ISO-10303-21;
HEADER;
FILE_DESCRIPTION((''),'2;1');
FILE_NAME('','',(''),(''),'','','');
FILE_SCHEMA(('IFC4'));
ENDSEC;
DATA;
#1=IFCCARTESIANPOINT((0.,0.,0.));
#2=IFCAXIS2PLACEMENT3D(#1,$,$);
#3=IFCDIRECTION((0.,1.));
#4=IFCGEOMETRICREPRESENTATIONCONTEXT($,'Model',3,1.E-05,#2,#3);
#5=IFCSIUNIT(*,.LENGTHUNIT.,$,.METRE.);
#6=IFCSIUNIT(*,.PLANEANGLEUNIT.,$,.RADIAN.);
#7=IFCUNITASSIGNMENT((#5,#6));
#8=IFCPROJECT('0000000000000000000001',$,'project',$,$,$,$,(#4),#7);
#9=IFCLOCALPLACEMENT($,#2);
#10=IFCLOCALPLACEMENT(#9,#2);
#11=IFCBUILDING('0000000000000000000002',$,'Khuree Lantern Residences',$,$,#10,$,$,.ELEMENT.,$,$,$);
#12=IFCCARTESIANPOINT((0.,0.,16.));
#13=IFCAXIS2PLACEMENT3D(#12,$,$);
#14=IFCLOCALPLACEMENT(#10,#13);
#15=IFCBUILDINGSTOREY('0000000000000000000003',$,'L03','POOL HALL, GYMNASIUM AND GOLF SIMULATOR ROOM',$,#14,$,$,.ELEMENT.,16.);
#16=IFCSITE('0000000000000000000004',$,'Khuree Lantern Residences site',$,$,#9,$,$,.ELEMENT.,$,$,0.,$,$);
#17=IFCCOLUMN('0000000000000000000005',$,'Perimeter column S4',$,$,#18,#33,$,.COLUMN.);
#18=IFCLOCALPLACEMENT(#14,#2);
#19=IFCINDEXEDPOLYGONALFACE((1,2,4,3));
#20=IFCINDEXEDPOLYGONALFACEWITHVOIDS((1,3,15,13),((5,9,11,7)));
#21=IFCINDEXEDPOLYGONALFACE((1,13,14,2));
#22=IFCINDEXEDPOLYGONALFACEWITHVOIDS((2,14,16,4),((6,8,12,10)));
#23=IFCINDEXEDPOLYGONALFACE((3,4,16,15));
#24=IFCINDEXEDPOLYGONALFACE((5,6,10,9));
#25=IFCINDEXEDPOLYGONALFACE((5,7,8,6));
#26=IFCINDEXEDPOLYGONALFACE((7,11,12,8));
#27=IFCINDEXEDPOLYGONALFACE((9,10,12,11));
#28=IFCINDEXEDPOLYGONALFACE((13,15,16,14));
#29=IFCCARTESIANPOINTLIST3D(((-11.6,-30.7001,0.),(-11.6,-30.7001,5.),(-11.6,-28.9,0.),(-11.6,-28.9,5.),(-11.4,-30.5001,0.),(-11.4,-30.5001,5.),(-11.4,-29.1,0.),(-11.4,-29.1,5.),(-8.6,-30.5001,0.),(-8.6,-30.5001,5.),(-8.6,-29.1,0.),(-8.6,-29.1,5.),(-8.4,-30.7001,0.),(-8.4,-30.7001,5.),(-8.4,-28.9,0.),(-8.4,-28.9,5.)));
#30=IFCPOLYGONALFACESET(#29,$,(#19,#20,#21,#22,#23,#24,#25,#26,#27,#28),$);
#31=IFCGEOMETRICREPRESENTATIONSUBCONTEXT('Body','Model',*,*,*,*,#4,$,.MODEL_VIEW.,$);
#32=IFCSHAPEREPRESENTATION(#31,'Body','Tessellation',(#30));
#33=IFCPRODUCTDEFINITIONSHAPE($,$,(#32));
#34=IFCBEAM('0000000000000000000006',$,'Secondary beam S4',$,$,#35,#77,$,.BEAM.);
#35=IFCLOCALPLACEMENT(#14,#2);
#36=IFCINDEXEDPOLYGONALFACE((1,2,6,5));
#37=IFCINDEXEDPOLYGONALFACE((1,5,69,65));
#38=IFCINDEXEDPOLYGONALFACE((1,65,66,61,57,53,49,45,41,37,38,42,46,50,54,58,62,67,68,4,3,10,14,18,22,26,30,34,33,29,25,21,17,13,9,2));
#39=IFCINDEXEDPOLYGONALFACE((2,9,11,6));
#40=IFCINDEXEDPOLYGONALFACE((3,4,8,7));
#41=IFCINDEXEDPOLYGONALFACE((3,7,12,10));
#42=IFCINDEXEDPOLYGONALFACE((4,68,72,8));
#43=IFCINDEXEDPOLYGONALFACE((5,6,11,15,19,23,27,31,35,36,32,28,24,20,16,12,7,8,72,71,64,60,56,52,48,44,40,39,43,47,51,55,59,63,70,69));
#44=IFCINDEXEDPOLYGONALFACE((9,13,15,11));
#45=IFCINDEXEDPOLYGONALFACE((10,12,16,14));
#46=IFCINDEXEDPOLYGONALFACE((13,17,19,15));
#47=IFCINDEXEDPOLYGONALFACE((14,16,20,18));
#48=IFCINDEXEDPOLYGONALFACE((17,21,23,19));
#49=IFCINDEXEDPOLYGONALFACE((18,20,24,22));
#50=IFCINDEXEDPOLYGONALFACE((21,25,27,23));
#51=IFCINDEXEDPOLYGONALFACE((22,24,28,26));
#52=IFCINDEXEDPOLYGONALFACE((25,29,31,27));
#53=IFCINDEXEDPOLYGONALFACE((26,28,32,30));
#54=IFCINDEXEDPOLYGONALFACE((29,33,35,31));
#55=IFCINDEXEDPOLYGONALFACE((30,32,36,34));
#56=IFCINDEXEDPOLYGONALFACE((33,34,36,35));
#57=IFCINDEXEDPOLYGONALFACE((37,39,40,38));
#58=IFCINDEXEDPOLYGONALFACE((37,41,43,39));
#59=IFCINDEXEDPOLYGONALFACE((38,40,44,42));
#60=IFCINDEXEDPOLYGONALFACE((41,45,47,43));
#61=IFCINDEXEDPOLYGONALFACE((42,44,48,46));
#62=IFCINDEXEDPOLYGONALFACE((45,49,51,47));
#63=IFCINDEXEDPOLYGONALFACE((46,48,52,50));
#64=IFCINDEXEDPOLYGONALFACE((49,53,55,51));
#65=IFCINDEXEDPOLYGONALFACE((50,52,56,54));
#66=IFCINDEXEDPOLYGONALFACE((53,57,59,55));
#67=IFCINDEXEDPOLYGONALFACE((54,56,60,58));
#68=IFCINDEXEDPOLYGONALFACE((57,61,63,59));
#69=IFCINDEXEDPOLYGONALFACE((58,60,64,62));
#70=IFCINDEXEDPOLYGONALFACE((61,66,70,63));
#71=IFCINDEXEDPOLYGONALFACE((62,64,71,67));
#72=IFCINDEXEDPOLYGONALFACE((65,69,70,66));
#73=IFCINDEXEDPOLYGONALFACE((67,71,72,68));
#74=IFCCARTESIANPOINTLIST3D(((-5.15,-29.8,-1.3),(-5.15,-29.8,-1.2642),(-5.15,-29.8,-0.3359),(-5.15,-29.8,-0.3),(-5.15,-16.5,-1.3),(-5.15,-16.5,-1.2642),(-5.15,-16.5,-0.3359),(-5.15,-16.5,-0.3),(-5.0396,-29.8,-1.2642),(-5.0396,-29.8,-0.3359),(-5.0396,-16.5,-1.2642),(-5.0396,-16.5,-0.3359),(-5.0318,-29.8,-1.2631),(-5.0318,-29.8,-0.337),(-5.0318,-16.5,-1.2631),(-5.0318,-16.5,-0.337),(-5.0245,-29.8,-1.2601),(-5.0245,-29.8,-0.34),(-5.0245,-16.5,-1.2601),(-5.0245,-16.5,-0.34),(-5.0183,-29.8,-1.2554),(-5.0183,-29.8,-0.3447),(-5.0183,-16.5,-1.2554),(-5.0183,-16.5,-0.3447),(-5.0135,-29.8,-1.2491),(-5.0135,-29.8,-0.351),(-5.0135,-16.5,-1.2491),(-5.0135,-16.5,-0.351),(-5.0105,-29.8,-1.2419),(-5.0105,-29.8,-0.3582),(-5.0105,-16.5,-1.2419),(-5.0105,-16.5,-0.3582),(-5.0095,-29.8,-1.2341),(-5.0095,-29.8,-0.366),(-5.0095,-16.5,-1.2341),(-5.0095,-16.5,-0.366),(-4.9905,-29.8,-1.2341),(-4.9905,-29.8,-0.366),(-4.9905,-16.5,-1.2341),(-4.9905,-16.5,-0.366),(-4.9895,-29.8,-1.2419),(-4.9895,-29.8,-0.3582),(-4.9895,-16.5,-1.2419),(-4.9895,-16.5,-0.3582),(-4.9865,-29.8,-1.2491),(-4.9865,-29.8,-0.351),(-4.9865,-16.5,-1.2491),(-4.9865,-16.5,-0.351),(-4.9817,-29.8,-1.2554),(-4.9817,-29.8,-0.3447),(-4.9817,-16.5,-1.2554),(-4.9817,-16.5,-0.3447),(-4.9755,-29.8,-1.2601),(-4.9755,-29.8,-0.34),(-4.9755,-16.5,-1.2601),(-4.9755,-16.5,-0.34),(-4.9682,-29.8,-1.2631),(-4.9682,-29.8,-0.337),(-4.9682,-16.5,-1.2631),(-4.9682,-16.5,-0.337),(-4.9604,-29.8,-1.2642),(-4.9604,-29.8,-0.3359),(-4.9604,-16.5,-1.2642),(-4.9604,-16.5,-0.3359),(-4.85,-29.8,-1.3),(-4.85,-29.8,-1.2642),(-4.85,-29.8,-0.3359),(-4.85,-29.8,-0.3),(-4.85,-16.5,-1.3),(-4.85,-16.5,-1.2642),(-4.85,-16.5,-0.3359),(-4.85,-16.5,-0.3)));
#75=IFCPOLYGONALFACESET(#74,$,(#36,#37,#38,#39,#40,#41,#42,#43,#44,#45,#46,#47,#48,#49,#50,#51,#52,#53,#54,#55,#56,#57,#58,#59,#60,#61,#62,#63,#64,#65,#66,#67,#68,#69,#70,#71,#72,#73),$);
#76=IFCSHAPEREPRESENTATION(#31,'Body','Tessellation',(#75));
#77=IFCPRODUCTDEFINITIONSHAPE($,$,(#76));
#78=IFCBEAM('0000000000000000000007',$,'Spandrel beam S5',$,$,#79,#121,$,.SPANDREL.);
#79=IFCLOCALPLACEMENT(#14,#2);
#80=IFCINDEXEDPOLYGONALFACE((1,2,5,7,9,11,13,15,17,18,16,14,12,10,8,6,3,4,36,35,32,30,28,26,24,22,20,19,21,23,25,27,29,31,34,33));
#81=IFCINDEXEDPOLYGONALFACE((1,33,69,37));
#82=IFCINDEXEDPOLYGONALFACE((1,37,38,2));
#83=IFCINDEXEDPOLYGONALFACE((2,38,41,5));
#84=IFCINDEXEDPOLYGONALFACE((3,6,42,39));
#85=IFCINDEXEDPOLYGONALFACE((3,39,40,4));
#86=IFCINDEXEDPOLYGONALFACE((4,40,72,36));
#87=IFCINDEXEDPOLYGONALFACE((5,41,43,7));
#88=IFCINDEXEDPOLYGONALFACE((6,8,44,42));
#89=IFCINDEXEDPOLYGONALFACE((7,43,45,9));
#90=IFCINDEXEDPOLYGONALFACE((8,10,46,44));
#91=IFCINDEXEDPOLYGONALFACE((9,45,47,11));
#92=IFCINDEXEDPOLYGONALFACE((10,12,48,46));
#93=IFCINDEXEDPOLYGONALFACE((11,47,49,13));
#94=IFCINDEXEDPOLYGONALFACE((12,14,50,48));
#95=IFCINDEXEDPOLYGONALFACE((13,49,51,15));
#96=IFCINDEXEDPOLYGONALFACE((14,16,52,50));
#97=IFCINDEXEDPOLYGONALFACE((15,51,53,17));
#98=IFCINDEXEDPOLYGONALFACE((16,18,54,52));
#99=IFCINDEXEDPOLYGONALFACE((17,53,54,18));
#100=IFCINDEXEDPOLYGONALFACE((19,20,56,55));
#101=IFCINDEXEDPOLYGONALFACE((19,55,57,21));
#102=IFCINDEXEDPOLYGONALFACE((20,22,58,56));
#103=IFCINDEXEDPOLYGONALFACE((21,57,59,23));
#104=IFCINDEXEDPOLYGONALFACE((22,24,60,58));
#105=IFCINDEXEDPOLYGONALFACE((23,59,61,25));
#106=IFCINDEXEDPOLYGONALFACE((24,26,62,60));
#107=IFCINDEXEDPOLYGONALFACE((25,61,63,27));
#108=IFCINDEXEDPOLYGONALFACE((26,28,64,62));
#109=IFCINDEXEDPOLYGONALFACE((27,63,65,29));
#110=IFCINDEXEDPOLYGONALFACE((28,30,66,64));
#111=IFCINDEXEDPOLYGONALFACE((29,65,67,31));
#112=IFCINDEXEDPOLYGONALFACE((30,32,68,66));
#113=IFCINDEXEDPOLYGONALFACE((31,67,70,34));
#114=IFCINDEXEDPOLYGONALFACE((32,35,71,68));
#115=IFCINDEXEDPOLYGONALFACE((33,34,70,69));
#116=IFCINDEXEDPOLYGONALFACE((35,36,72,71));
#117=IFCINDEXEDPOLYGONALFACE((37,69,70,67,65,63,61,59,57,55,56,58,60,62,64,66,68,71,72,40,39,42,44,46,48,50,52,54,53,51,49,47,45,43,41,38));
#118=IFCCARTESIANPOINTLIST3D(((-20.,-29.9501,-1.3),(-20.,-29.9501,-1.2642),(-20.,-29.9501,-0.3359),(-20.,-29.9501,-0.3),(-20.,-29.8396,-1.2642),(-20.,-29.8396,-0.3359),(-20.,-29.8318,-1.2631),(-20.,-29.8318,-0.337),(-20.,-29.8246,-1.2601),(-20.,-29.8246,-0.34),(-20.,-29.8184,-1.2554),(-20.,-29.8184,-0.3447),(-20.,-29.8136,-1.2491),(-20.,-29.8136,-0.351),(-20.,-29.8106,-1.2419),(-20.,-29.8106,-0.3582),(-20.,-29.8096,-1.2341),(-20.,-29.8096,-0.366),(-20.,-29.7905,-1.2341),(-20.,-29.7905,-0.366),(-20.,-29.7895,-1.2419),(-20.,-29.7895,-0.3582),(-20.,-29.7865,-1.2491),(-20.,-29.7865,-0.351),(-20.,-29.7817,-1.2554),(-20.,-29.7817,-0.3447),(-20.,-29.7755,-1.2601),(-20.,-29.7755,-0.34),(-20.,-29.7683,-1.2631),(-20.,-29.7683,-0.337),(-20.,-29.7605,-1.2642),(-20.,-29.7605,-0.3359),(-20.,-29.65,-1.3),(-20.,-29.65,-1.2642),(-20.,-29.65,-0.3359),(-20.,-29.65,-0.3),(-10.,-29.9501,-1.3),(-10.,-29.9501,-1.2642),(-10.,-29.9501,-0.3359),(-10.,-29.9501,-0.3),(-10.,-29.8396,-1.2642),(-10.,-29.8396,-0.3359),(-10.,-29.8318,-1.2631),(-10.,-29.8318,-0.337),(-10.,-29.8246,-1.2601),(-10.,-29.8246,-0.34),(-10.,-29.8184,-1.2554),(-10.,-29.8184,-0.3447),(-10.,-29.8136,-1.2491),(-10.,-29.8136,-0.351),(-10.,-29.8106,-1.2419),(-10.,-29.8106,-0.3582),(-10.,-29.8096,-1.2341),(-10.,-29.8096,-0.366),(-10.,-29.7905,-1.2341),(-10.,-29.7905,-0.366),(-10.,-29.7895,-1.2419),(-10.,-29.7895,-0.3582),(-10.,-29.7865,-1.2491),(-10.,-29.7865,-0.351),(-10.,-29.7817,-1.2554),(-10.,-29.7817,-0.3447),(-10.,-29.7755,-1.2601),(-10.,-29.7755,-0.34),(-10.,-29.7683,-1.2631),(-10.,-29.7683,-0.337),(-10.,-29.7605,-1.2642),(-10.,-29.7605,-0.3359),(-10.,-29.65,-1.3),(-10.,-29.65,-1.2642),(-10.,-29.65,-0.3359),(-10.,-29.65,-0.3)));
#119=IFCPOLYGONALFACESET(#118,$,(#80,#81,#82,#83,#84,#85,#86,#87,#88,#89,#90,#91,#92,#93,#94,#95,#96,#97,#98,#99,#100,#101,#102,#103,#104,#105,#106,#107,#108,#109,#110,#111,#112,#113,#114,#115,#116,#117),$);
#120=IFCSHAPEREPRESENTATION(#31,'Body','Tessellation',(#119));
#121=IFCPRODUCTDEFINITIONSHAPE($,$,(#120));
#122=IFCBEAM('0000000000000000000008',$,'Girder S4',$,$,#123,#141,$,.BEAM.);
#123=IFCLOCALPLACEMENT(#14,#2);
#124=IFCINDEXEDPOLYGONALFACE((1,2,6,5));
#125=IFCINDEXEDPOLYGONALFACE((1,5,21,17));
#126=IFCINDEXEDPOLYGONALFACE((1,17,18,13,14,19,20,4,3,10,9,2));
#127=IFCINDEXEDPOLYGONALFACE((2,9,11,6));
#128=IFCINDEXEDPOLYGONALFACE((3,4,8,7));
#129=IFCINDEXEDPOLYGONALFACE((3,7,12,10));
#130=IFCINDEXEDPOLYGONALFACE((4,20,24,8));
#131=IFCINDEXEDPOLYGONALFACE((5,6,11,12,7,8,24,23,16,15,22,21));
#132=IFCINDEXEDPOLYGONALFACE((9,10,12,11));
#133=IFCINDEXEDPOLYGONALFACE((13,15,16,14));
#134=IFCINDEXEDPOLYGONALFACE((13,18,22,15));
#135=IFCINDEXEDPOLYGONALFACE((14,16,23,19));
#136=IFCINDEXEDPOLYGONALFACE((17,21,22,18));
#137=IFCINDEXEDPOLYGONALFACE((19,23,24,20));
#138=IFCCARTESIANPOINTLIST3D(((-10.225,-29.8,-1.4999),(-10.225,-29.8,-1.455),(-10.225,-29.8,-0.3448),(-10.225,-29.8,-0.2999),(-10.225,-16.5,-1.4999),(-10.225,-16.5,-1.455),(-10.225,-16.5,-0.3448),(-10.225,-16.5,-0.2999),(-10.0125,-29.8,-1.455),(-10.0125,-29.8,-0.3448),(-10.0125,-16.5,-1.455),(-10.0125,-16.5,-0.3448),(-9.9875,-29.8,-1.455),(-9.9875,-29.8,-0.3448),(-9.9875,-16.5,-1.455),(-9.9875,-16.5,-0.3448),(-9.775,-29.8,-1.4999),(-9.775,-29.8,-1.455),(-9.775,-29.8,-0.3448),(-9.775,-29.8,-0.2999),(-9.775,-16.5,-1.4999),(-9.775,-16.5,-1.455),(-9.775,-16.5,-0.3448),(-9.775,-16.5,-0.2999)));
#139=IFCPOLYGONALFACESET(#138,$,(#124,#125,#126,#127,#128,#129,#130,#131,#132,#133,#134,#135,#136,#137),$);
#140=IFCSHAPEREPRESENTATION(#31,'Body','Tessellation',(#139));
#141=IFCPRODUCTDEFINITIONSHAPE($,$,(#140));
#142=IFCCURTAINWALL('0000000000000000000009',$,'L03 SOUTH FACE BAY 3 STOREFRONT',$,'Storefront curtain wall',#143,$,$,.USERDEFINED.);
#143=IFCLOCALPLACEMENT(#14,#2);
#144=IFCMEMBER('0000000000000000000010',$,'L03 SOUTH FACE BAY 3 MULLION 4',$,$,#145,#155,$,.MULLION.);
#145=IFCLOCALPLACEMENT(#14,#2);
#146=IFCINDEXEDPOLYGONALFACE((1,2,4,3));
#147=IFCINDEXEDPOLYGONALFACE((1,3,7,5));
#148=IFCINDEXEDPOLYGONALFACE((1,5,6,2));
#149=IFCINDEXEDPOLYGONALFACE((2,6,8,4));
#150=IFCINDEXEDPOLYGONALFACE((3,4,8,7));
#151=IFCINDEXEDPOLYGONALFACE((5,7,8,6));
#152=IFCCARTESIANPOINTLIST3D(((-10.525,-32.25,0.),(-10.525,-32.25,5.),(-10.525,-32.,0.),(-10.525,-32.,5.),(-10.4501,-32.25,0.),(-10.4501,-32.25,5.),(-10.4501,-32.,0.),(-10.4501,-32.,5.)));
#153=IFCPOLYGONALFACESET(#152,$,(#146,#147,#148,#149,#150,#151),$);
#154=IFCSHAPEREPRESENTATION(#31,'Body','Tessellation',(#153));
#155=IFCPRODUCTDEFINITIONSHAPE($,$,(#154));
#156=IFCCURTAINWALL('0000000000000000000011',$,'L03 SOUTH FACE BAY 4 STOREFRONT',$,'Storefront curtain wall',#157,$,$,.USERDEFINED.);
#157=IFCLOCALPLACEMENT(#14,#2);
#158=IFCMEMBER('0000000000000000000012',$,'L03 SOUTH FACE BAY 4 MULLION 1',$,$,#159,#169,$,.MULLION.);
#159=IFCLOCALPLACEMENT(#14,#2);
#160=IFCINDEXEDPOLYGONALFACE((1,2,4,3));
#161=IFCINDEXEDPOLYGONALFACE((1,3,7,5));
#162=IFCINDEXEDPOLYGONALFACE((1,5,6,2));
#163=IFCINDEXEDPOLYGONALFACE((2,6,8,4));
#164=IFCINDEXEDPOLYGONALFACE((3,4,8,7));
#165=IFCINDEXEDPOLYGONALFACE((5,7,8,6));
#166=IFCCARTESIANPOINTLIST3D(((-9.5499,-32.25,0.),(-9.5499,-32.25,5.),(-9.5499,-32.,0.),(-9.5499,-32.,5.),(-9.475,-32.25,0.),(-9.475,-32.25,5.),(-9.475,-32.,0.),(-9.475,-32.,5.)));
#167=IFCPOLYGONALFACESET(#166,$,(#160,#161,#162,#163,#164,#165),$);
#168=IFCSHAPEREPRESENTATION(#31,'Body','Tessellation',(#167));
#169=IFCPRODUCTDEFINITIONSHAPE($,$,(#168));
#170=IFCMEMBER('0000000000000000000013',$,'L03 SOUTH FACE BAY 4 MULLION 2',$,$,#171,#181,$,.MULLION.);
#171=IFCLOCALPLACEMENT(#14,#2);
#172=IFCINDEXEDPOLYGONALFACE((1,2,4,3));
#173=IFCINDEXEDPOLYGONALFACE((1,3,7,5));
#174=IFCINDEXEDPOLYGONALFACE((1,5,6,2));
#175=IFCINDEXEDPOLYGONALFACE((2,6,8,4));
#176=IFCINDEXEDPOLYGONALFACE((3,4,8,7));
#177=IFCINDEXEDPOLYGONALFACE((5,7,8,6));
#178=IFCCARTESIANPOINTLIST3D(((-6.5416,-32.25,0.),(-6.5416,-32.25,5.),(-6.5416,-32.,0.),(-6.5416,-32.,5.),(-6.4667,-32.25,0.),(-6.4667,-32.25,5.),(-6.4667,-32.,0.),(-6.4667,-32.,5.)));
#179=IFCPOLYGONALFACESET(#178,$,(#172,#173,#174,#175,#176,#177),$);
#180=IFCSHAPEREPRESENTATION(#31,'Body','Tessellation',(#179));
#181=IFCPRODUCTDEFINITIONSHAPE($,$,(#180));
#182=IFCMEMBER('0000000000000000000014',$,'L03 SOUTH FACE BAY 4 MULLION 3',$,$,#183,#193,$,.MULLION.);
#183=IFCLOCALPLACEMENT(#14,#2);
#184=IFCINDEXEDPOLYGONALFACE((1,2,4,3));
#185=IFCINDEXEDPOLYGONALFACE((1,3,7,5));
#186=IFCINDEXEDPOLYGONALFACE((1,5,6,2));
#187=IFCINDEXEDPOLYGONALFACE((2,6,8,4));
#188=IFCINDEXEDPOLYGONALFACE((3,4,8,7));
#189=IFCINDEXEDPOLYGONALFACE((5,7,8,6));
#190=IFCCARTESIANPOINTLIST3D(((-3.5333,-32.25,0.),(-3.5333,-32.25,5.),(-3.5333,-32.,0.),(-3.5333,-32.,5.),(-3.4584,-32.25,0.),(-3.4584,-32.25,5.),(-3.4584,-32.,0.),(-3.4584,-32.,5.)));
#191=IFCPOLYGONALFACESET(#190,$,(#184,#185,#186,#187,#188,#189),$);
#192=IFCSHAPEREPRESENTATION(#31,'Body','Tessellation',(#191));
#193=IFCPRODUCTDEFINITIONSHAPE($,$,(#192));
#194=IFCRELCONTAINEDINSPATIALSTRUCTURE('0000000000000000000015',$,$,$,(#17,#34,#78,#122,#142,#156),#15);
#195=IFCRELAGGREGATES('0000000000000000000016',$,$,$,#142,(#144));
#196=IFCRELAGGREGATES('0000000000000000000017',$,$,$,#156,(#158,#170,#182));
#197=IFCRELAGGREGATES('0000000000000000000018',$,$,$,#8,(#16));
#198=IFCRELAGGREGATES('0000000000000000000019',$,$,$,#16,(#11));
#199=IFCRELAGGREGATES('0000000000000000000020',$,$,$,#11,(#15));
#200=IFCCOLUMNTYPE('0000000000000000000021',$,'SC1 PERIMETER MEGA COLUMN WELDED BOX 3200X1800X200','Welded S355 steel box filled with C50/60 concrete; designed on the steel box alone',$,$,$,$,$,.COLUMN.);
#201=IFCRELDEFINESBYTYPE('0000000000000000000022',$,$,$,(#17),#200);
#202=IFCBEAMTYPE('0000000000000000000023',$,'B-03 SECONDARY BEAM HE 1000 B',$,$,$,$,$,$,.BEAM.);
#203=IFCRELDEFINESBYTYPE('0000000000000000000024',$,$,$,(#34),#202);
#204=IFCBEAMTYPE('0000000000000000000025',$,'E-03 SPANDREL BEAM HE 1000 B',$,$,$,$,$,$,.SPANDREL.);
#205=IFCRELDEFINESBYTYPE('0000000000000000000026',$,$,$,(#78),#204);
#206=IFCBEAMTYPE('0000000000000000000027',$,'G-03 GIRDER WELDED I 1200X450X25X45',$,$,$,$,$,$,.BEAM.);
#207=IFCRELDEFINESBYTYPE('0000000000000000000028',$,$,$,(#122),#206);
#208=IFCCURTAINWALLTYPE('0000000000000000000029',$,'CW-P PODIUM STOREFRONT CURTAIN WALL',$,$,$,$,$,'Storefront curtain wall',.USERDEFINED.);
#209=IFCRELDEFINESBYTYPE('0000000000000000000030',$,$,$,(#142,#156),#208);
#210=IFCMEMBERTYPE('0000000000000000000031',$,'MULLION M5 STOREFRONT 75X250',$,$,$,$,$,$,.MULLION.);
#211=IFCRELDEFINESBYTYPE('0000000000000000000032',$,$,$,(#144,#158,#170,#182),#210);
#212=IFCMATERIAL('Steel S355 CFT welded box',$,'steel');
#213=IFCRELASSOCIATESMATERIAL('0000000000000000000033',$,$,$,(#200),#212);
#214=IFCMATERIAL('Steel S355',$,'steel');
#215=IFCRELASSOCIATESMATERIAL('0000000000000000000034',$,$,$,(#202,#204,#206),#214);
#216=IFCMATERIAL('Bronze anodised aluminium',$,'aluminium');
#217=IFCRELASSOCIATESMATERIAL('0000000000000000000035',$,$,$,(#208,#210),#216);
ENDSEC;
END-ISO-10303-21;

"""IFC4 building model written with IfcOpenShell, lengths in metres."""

from ifc_helpers import new_model, si_unit, direction, frame, origin, origin_2d, place, context, subcontext, project, spatial, rectangle, hollow_rectangle, i_section, extrude, material, material_profile, profile_set, type_object, element, aggregate, save


model = new_model("IFC4")

# Units and contexts
model_context = context("Model", 3, precision=1e-05, world=origin(), true_north=direction((0.0, 1.0)))
body_context = subcontext(model_context, "Body", "Model", "MODEL_VIEW")
ifc_project = project(units=[si_unit("LENGTHUNIT", "METRE"), si_unit("PLANEANGLEUNIT", "RADIAN")], contexts=[model_context])

# Site, building, storey
site_placement = place(None, origin())
site = spatial("IfcSite", under=ifc_project, at=site_placement, Name="Khuree Lantern Residences site", CompositionType="ELEMENT", RefElevation=0.0)
building_placement = place(site_placement, origin())
building = spatial("IfcBuilding", under=site, at=building_placement, Name="Khuree Lantern Residences", CompositionType="ELEMENT")
storey_placement = place(building_placement, frame((0.0, 0.0, 16.0)))
storey = spatial("IfcBuildingStorey", under=building, at=storey_placement, Name="L03", Description="POOL HALL, GYMNASIUM AND GOLF SIMULATOR ROOM", CompositionType="ELEMENT", Elevation=16.0)

# Column
ifc_material_1 = material(Name="Steel S355 CFT welded box", Category="steel")
ifc_material_profile_1 = material_profile(ifc_material_1, hollow_rectangle(XDim=3.2, YDim=1.8, WallThickness=0.2, at=origin_2d()), Name="WELDED BOX 3200X1800X200")
ifc_profile_set_1 = profile_set([ifc_material_profile_1], Name="Steel S355 CFT welded box")
column_type = type_object("IfcColumnType", Name="SC1 PERIMETER MEGA COLUMN WELDED BOX 3200X1800X200", Description="Welded S355 steel box filled with C50/60 concrete; designed on the steel box alone", PredefinedType="COLUMN", material=ifc_profile_set_1)
column_placement = place(storey_placement, frame((-10.0, -29.8, 0.0), z_axis=(0.0, 0.0, 1.0), x_axis=(1.0, 0.0, 0.0)))
element("IfcColumn", 1, at=column_placement, inside=storey, type_object=column_type, Name="Perimeter column S4", PredefinedType="COLUMN", context=body_context, shape_type="SweptSolid", body=[
    extrude(hollow_rectangle(XDim=3.2, YDim=1.8, WallThickness=0.2, at=origin_2d()), origin(), (0.0, 0.0, 1.0), 5.0),
])

# Beams
ifc_material_2 = material(Name="Steel S355", Category="steel")
ifc_material_profile_2 = material_profile(ifc_material_2, i_section(OverallWidth=0.3, OverallDepth=1.0, WebThickness=0.019, FlangeThickness=0.0359, FilletRadius=0.03, at=origin_2d()), Name="HE 1000 B")
ifc_profile_set_2 = profile_set([ifc_material_profile_2], Name="Steel S355")
beam_type_1 = type_object("IfcBeamType", Name="B-03 SECONDARY BEAM HE 1000 B", PredefinedType="BEAM", material=ifc_profile_set_2)
beam_1_placement = place(storey_placement, frame((-5.0, -29.8, -0.8), z_axis=(0.0, 1.0, 0.0), x_axis=(-1.0, 0.0, 0.0)))
element("IfcBeam", 2, at=beam_1_placement, inside=storey, type_object=beam_type_1, Name="Secondary beam S4", PredefinedType="BEAM", context=body_context, shape_type="SweptSolid", body=[
    extrude(i_section(OverallWidth=0.3, OverallDepth=1.0, WebThickness=0.019, FlangeThickness=0.0359, FilletRadius=0.03, at=origin_2d()), origin(), (0.0, 0.0, 1.0), 13.3),
])
ifc_material_profile_3 = material_profile(ifc_material_2, i_section(OverallWidth=0.3, OverallDepth=1.0, WebThickness=0.019, FlangeThickness=0.0359, FilletRadius=0.03, at=origin_2d()), Name="HE 1000 B")
ifc_profile_set_3 = profile_set([ifc_material_profile_3], Name="Steel S355")
beam_type_2 = type_object("IfcBeamType", Name="E-03 SPANDREL BEAM HE 1000 B", PredefinedType="SPANDREL", material=ifc_profile_set_3)
beam_2_placement = place(storey_placement, frame((-10.0, -29.8, -0.8), z_axis=(-1.0, 0.0, 0.0), x_axis=(0.0, -1.0, 0.0)))
element("IfcBeam", 3, at=beam_2_placement, inside=storey, type_object=beam_type_2, Name="Spandrel beam S5", PredefinedType="SPANDREL", context=body_context, shape_type="SweptSolid", body=[
    extrude(i_section(OverallWidth=0.3, OverallDepth=1.0, WebThickness=0.019, FlangeThickness=0.0359, FilletRadius=0.03, at=origin_2d()), origin(), (0.0, 0.0, 1.0), 10.0),
])
ifc_material_profile_4 = material_profile(ifc_material_2, i_section(OverallWidth=0.45, OverallDepth=1.2, WebThickness=0.0249, FlangeThickness=0.0449, at=origin_2d()), Name="WELDED I 1200X450X25X45")
ifc_profile_set_4 = profile_set([ifc_material_profile_4], Name="Steel S355")
beam_type_3 = type_object("IfcBeamType", Name="G-03 GIRDER WELDED I 1200X450X25X45", PredefinedType="BEAM", material=ifc_profile_set_4)
beam_3_placement = place(storey_placement, frame((-10.0, -29.8, -0.8999), z_axis=(0.0, 1.0, 0.0), x_axis=(-1.0, 0.0, 0.0)))
element("IfcBeam", 4, at=beam_3_placement, inside=storey, type_object=beam_type_3, Name="Girder S4", PredefinedType="BEAM", context=body_context, shape_type="SweptSolid", body=[
    extrude(i_section(OverallWidth=0.45, OverallDepth=1.2, WebThickness=0.0249, FlangeThickness=0.0449, at=origin_2d()), origin(), (0.0, 0.0, 1.0), 13.3),
])

# Curtain wall, member
ifc_material_3 = material(Name="Bronze anodised aluminium", Category="aluminium")
curtain_wall_type = type_object("IfcCurtainWallType", Name="CW-P PODIUM STOREFRONT CURTAIN WALL", ElementType="Storefront curtain wall", PredefinedType="USERDEFINED", material=ifc_material_3)
curtain_wall_1_placement = place(storey_placement, origin())
curtain_wall_1 = element("IfcCurtainWall", 5, at=curtain_wall_1_placement, inside=storey, type_object=curtain_wall_type, Name="L03 SOUTH FACE BAY 3 STOREFRONT", ObjectType="Storefront curtain wall", PredefinedType="USERDEFINED")
ifc_material_profile_5 = material_profile(ifc_material_3, rectangle(XDim=0.075, YDim=0.25, at=origin_2d()), Name="M5 75X250")
ifc_profile_set_5 = profile_set([ifc_material_profile_5], Name="Bronze anodised aluminium")
member_type_1 = type_object("IfcMemberType", Name="MULLION M5 STOREFRONT 75X250", PredefinedType="MULLION", material=ifc_profile_set_5)
member_1_placement = place(storey_placement, frame((-10.4875, -32.125, 0.0), z_axis=(0.0, 0.0, 1.0), x_axis=(1.0, 0.0, 0.0)))
member_1 = element("IfcMember", 6, at=member_1_placement, type_object=member_type_1, Name="L03 SOUTH FACE BAY 3 MULLION 4", PredefinedType="MULLION", context=body_context, shape_type="SweptSolid", body=[
    extrude(rectangle(XDim=0.075, YDim=0.25, at=origin_2d()), origin(), (0.0, 0.0, 1.0), 5.0),
])

# Curtain wall, members
curtain_wall_2_placement = place(storey_placement, origin())
curtain_wall_2 = element("IfcCurtainWall", 7, at=curtain_wall_2_placement, inside=storey, type_object=curtain_wall_type, Name="L03 SOUTH FACE BAY 4 STOREFRONT", ObjectType="Storefront curtain wall", PredefinedType="USERDEFINED")
member_2_placement = place(storey_placement, frame((-9.5125, -32.125, 0.0), z_axis=(0.0, 0.0, 1.0), x_axis=(1.0, 0.0, 0.0)))
member_2 = element("IfcMember", 8, at=member_2_placement, type_object=member_type_1, Name="L03 SOUTH FACE BAY 4 MULLION 1", PredefinedType="MULLION", context=body_context, shape_type="SweptSolid", body=[
    extrude(rectangle(XDim=0.075, YDim=0.25, at=origin_2d()), origin(), (0.0, 0.0, 1.0), 5.0),
])
member_3_placement = place(storey_placement, frame((-6.5042, -32.125, 0.0), z_axis=(0.0, 0.0, 1.0), x_axis=(1.0, 0.0, 0.0)))
member_3 = element("IfcMember", 9, at=member_3_placement, type_object=member_type_1, Name="L03 SOUTH FACE BAY 4 MULLION 2", PredefinedType="MULLION", context=body_context, shape_type="SweptSolid", body=[
    extrude(rectangle(XDim=0.075, YDim=0.25, at=origin_2d()), origin(), (0.0, 0.0, 1.0), 5.0),
])
member_4_placement = place(storey_placement, frame((-3.4958, -32.125, 0.0), z_axis=(0.0, 0.0, 1.0), x_axis=(1.0, 0.0, 0.0)))
member_4 = element("IfcMember", 10, at=member_4_placement, type_object=member_type_1, Name="L03 SOUTH FACE BAY 4 MULLION 3", PredefinedType="MULLION", context=body_context, shape_type="SweptSolid", body=[
    extrude(rectangle(XDim=0.075, YDim=0.25, at=origin_2d()), origin(), (0.0, 0.0, 1.0), 5.0),
])

aggregate(curtain_wall_1, [member_1])
aggregate(curtain_wall_2, [member_2, member_3, member_4])

save(model, "model.ifc")
